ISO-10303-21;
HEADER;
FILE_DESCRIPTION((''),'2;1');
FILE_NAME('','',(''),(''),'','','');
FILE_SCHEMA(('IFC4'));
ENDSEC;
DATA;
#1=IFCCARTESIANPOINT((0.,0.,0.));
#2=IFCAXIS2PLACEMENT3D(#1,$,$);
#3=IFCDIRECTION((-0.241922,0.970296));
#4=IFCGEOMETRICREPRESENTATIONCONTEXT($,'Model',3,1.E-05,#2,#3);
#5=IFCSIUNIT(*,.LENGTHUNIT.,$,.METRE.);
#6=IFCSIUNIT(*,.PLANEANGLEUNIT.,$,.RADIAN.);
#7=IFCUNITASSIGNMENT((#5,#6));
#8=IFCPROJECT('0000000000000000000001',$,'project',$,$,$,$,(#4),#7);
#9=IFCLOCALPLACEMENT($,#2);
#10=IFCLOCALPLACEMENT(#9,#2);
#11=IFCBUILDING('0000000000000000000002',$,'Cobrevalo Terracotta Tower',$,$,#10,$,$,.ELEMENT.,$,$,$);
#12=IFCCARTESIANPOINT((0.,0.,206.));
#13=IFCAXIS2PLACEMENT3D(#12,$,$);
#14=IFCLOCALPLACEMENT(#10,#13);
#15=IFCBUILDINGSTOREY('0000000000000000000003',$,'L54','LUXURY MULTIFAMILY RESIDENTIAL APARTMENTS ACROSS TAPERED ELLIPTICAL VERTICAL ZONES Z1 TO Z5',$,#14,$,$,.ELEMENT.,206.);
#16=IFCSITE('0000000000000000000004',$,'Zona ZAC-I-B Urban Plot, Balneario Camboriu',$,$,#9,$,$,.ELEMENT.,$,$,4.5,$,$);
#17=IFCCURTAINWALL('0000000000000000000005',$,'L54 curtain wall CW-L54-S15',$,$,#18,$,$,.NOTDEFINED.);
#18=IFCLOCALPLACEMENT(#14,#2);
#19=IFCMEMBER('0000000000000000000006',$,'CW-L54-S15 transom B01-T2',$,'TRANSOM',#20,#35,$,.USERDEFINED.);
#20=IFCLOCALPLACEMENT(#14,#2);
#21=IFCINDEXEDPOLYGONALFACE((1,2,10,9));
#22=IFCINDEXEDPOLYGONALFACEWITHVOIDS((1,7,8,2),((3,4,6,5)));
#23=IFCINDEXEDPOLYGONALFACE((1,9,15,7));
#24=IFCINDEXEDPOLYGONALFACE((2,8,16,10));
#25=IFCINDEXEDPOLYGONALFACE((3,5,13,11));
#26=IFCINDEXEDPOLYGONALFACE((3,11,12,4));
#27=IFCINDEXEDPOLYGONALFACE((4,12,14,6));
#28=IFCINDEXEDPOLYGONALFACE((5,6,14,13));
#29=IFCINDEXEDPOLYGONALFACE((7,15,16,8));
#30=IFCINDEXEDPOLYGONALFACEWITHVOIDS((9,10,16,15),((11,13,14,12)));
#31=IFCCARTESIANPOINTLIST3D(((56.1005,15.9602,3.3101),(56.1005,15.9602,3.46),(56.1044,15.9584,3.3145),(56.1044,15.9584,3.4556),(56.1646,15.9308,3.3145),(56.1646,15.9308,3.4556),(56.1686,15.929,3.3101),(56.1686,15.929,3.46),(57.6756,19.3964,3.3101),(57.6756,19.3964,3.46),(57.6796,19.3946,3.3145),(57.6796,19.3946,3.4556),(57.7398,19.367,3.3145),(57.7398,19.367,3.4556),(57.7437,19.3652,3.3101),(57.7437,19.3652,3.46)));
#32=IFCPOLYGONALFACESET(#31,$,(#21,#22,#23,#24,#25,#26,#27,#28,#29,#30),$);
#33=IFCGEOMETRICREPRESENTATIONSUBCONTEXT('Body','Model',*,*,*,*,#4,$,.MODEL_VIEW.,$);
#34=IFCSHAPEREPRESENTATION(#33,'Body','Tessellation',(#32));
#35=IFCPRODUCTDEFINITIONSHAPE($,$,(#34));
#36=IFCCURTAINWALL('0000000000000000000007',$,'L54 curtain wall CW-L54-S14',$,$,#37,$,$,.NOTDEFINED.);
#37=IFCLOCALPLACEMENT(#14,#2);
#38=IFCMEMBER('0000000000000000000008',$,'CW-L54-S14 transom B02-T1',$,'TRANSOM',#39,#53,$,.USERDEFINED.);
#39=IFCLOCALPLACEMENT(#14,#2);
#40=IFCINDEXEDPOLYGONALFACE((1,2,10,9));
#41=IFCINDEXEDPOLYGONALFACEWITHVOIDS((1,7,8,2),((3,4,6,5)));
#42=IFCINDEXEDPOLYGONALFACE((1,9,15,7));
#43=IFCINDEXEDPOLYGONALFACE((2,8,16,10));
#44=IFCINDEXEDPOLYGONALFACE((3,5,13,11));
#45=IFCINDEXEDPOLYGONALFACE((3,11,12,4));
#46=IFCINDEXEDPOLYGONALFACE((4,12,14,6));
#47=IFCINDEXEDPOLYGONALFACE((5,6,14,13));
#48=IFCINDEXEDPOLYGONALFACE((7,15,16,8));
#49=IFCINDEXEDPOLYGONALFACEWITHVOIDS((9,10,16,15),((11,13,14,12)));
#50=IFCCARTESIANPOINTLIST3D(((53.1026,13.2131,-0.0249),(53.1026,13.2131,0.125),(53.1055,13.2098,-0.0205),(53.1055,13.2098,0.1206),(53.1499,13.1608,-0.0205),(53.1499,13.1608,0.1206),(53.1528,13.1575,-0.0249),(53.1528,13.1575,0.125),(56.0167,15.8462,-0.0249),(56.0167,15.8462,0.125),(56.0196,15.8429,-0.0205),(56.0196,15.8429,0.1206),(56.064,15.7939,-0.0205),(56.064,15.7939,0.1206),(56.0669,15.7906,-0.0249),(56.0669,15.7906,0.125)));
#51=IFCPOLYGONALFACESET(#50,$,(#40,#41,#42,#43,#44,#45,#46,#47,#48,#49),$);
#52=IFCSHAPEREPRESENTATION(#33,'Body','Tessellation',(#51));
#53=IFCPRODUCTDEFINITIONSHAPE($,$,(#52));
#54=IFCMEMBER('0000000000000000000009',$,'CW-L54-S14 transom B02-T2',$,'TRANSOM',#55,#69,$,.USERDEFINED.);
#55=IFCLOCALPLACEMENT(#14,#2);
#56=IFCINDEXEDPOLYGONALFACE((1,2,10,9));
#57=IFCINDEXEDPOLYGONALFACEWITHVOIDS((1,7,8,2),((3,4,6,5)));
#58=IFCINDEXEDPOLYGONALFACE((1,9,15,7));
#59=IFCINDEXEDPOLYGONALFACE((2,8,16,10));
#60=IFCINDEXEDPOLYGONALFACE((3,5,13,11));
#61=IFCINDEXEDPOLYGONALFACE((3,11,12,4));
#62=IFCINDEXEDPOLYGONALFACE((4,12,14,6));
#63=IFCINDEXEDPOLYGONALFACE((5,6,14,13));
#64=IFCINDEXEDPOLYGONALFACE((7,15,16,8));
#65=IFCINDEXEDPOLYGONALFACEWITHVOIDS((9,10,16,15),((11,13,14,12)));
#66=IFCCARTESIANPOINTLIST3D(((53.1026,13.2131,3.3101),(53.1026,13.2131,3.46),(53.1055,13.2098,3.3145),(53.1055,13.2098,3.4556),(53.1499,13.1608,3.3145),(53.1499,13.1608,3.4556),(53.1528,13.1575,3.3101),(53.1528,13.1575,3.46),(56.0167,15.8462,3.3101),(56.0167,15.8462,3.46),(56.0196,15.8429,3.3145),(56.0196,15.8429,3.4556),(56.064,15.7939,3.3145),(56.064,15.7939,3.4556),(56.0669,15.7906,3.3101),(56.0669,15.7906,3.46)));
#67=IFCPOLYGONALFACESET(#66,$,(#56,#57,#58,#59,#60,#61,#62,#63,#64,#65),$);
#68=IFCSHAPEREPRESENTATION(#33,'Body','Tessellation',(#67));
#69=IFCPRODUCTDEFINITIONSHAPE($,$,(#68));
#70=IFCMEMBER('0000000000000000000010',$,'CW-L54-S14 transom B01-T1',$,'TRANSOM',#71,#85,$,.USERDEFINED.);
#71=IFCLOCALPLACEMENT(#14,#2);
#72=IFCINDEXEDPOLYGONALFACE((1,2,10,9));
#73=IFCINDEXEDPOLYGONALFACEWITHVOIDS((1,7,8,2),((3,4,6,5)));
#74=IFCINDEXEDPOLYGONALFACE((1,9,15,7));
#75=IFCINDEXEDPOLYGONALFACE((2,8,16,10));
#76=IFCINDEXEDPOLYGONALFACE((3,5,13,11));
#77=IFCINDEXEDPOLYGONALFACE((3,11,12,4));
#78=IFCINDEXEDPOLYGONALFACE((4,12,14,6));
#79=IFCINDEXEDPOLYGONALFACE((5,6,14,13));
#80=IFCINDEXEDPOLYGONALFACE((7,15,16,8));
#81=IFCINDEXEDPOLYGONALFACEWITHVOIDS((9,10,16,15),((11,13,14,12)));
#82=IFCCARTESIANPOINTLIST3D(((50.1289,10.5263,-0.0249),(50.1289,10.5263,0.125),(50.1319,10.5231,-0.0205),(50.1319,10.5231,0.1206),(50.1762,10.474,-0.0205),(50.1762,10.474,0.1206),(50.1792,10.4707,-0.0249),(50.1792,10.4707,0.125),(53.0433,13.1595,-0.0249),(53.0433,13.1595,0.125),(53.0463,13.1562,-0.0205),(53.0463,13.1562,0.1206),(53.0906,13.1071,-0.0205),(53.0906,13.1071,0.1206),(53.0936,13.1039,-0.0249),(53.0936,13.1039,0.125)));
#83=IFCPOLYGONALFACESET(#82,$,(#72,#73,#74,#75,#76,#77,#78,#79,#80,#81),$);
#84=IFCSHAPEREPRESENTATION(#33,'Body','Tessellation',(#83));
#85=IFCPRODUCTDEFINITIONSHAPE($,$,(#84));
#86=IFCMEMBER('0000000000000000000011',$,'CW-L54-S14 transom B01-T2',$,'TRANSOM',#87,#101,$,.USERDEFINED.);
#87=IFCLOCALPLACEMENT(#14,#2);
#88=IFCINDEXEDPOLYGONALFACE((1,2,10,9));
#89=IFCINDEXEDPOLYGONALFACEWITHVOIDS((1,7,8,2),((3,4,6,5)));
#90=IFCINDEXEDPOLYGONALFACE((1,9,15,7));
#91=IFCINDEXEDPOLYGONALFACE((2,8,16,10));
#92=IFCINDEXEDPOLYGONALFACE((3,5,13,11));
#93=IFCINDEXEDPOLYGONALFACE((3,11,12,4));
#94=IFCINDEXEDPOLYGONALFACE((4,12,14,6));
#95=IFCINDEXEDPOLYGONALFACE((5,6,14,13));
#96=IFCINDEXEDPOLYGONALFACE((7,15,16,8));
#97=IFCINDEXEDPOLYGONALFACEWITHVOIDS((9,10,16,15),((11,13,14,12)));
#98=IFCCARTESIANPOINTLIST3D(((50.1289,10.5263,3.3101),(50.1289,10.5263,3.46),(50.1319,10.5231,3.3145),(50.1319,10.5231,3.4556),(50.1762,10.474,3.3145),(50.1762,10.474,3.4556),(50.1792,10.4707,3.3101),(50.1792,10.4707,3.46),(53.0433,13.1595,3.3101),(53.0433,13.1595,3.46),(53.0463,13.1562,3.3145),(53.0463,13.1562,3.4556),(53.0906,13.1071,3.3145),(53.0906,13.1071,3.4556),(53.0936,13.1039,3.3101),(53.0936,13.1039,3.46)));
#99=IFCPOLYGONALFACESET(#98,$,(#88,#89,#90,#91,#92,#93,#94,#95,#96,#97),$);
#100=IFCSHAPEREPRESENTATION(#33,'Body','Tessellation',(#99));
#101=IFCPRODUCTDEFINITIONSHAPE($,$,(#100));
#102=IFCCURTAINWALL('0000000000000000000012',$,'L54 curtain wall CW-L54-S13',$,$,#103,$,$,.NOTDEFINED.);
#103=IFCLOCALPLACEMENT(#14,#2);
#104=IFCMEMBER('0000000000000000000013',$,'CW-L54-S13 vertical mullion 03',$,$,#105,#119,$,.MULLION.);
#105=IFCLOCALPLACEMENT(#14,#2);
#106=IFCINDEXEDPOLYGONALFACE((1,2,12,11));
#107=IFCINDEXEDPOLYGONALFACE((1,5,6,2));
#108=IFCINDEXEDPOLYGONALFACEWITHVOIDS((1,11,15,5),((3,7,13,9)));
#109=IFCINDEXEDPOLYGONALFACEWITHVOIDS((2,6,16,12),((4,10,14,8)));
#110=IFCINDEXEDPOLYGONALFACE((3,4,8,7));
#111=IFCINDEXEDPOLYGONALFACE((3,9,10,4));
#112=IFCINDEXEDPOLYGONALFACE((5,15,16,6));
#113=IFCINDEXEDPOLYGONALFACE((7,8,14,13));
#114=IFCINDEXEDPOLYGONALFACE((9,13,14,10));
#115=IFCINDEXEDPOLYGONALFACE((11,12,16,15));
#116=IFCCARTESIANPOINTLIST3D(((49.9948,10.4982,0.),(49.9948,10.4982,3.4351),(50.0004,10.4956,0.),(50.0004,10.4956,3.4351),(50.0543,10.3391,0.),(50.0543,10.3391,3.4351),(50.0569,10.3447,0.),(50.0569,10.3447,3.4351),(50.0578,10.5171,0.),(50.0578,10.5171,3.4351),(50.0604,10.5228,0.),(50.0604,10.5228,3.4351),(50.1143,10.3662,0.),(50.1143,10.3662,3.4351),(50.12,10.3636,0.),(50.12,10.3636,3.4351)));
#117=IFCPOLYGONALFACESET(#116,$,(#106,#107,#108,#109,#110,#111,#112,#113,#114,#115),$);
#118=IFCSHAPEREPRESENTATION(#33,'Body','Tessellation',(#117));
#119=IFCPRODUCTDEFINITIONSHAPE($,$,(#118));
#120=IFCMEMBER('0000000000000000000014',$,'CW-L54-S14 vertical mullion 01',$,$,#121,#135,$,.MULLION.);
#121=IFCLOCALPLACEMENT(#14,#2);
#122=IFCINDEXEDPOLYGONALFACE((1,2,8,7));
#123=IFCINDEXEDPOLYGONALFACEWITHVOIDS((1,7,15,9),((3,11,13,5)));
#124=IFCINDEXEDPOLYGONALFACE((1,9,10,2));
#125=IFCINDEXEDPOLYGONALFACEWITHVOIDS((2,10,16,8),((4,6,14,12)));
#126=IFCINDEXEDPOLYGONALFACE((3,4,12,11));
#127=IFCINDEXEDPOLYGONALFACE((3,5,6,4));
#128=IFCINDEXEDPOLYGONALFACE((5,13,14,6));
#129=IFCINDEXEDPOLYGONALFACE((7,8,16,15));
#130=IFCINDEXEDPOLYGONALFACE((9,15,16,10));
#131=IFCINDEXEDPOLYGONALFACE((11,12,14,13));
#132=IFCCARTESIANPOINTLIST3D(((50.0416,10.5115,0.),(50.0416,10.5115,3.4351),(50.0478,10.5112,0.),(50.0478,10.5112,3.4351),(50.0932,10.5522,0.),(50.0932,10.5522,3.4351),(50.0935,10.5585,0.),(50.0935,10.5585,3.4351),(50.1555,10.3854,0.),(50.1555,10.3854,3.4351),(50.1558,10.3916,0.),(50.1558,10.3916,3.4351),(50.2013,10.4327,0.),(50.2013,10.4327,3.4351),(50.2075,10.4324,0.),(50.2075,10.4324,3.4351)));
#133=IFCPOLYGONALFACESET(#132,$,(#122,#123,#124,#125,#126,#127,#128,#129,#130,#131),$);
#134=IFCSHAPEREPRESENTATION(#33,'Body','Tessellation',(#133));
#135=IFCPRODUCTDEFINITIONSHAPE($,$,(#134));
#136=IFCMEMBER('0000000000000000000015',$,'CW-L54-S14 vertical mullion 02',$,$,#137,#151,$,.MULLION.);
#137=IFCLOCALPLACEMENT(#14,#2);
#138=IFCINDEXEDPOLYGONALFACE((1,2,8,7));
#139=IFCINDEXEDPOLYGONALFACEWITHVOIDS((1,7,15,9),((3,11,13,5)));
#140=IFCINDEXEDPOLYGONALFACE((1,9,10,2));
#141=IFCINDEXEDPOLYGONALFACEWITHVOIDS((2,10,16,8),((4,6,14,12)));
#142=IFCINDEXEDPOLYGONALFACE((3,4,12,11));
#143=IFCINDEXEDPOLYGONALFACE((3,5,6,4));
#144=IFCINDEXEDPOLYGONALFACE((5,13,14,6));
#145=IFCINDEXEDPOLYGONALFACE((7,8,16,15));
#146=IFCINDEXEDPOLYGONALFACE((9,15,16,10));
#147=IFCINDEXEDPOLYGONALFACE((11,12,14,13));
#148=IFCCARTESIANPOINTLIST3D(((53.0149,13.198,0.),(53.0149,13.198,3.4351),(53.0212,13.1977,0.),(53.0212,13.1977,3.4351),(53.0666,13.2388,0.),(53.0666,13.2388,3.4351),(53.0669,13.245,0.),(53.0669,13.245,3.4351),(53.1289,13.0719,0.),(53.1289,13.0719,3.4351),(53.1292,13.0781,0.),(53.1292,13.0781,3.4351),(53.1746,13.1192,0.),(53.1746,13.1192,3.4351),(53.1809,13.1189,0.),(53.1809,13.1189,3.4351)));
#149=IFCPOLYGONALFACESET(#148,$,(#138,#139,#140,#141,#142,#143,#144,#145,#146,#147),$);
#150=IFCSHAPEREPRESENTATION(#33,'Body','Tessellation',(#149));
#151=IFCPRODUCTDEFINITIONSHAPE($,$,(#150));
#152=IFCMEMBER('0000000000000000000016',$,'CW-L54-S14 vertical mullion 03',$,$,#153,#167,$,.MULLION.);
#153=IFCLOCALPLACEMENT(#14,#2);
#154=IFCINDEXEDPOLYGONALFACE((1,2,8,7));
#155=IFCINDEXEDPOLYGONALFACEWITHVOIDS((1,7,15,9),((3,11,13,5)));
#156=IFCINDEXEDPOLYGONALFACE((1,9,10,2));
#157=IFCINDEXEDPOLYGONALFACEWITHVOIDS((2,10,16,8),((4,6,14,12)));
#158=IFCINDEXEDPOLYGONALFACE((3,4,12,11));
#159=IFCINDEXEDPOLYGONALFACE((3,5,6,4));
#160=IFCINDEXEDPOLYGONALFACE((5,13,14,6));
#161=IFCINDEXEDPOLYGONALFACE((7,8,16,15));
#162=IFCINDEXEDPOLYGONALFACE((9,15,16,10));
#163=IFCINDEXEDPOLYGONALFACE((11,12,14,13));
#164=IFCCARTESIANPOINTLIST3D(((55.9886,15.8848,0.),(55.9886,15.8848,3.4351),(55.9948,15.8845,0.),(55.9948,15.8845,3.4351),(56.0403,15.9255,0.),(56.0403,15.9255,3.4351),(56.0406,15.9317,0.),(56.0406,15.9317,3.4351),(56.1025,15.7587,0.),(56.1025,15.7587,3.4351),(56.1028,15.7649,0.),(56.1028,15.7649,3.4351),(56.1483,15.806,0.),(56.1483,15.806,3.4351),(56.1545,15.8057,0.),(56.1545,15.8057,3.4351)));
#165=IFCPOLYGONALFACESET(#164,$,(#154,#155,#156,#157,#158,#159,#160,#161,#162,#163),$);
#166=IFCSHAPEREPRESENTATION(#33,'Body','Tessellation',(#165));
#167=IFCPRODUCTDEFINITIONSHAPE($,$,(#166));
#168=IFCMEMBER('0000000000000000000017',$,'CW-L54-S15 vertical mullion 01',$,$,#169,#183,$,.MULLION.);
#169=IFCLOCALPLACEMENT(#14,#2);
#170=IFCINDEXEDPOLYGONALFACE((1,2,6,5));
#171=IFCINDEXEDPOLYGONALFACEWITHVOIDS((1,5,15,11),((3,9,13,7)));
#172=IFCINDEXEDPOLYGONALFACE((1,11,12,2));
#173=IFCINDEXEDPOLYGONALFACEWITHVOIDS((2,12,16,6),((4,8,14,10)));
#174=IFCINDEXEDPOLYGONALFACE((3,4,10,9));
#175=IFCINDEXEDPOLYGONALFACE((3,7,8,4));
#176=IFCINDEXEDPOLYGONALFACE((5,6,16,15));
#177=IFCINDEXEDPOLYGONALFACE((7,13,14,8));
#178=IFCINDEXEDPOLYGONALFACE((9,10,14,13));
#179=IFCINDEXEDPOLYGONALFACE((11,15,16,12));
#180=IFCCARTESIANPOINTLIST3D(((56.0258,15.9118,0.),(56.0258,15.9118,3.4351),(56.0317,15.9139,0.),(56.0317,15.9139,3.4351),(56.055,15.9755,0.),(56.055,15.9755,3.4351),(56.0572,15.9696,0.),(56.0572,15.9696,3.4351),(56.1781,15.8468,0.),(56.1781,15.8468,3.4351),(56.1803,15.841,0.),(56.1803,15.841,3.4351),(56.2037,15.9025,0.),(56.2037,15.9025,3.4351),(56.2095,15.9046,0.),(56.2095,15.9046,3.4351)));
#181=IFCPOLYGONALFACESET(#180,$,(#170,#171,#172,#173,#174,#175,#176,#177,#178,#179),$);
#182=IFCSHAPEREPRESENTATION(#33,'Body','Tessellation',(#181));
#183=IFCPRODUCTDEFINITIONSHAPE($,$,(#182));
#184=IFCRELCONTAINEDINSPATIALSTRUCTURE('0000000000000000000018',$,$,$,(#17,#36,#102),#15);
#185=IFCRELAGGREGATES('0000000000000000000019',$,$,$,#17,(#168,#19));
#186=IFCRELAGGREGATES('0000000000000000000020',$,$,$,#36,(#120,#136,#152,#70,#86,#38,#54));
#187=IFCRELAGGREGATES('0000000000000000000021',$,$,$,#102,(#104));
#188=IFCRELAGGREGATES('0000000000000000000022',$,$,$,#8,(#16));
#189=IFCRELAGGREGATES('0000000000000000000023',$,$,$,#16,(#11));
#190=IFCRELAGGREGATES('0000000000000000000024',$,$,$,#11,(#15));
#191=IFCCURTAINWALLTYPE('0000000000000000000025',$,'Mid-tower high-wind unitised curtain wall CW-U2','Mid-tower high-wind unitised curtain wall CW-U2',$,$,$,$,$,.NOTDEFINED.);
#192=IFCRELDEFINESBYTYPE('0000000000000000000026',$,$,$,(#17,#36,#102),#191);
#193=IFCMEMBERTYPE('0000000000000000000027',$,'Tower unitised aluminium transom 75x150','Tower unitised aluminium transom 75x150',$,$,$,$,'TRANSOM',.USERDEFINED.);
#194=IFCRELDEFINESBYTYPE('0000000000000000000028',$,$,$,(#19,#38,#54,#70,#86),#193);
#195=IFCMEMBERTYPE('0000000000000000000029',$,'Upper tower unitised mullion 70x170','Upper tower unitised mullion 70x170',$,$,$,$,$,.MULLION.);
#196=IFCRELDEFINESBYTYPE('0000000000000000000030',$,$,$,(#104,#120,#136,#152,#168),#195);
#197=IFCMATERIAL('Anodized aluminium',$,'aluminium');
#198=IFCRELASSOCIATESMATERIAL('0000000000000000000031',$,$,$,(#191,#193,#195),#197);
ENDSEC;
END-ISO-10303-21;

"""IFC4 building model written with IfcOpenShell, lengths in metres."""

from ifc_helpers import new_model, si_unit, direction, frame, origin, origin_2d, place, context, subcontext, project, spatial, hollow_rectangle, extrude, source, transform, mapped, material, material_profile, profile_set, type_object, element, aggregate, save


model = new_model("IFC4")

# Units and contexts
model_context = context("Model", 3, precision=1e-05, world=origin(), true_north=direction((-0.241922, 0.970296)))
body_context = subcontext(model_context, "Body", "Model", "MODEL_VIEW")
ifc_project = project(units=[si_unit("LENGTHUNIT", "METRE"), si_unit("PLANEANGLEUNIT", "RADIAN")], contexts=[model_context])

# Site, building, storey
site_placement = place(None, origin())
site = spatial("IfcSite", under=ifc_project, at=site_placement, Name="Zona ZAC-I-B Urban Plot, Balneario Camboriu", CompositionType="ELEMENT", RefElevation=4.5)
building_placement = place(site_placement, origin())
building = spatial("IfcBuilding", under=site, at=building_placement, Name="Cobrevalo Terracotta Tower", CompositionType="ELEMENT")
storey_placement = place(building_placement, frame((0.0, 0.0, 206.0)))
storey = spatial("IfcBuildingStorey", under=building, at=storey_placement, Name="L54", Description="LUXURY MULTIFAMILY RESIDENTIAL APARTMENTS ACROSS TAPERED ELLIPTICAL VERTICAL ZONES Z1 TO Z5", CompositionType="ELEMENT", Elevation=206.0)

# Curtain walls, members
ifc_material_1 = material(Name="Anodized aluminium", Category="aluminium")
curtain_wall_type = type_object("IfcCurtainWallType", Name="Mid-tower high-wind unitised curtain wall CW-U2", Description="Mid-tower high-wind unitised curtain wall CW-U2", PredefinedType="NOTDEFINED", material=ifc_material_1)
curtain_wall_1_placement = place(storey_placement, origin())
curtain_wall_1 = element("IfcCurtainWall", 1, at=curtain_wall_1_placement, inside=storey, type_object=curtain_wall_type, Name="L54 curtain wall CW-L54-S15", PredefinedType="NOTDEFINED")
ifc_material_profile_1 = material_profile(ifc_material_1, hollow_rectangle(XDim=0.075, YDim=0.1499, WallThickness=0.0044, at=origin_2d()), Name="CWT 75x150")
ifc_profile_set_1 = profile_set([ifc_material_profile_1], Name="Anodized aluminium")
member_type_1 = type_object("IfcMemberType", Name="Tower unitised aluminium transom 75x150", Description="Tower unitised aluminium transom 75x150", ElementType="TRANSOM", PredefinedType="USERDEFINED", material=ifc_profile_set_1)
shared_shape_1 = source(origin(), body_context, "Body", "SweptSolid", [
    extrude(hollow_rectangle(XDim=0.075, YDim=0.1499, WallThickness=0.0044, at=origin_2d()), origin(), (0.0, 0.0, 1.0), 3.78),
])
member_1_placement = place(storey_placement, frame((56.1345, 15.9446, 3.385), z_axis=(0.416706, 0.909041, 0.0), x_axis=(-0.909041, 0.416706, 0.0)))
member_1 = element("IfcMember", 2, at=member_1_placement, type_object=member_type_1, Name="CW-L54-S15 transom B01-T2", ObjectType="TRANSOM", PredefinedType="USERDEFINED", context=body_context, shape_type="MappedRepresentation", body=[
    mapped(shared_shape_1, transform((0.0, 0.0, 0.0), scale=1.0)),
])
curtain_wall_2_placement = place(storey_placement, origin())
curtain_wall_2 = element("IfcCurtainWall", 3, at=curtain_wall_2_placement, inside=storey, type_object=curtain_wall_type, Name="L54 curtain wall CW-L54-S14", PredefinedType="NOTDEFINED")
shared_shape_2 = source(origin(), body_context, "Body", "SweptSolid", [
    extrude(hollow_rectangle(XDim=0.075, YDim=0.1499, WallThickness=0.0044, at=origin_2d()), origin(), (0.0, 0.0, 1.0), 3.9275),
])
member_2_placement = place(storey_placement, frame((53.1277, 13.1853, 0.05), z_axis=(0.741976, 0.670426, 0.0), x_axis=(-0.670426, 0.741976, 0.0)))
member_2 = element("IfcMember", 4, at=member_2_placement, type_object=member_type_1, Name="CW-L54-S14 transom B02-T1", ObjectType="TRANSOM", PredefinedType="USERDEFINED", context=body_context, shape_type="MappedRepresentation", body=[
    mapped(shared_shape_2, transform((0.0, 0.0, 0.0), scale=1.0)),
])
member_3_placement = place(storey_placement, frame((53.1277, 13.1853, 3.385), z_axis=(0.741976, 0.670426, 0.0), x_axis=(-0.670426, 0.741976, 0.0)))
member_3 = element("IfcMember", 5, at=member_3_placement, type_object=member_type_1, Name="CW-L54-S14 transom B02-T2", ObjectType="TRANSOM", PredefinedType="USERDEFINED", context=body_context, shape_type="MappedRepresentation", body=[
    mapped(shared_shape_2, transform((0.0, 0.0, 0.0), scale=1.0)),
])
shared_shape_3 = source(origin(), body_context, "Body", "SweptSolid", [
    extrude(hollow_rectangle(XDim=0.075, YDim=0.1499, WallThickness=0.0044, at=origin_2d()), origin(), (0.0, 0.0, 1.0), 3.9277),
])
member_4_placement = place(storey_placement, frame((50.1541, 10.4985, 0.05), z_axis=(0.742004, 0.670396, 0.0), x_axis=(-0.670396, 0.742004, 0.0)))
member_4 = element("IfcMember", 6, at=member_4_placement, type_object=member_type_1, Name="CW-L54-S14 transom B01-T1", ObjectType="TRANSOM", PredefinedType="USERDEFINED", context=body_context, shape_type="MappedRepresentation", body=[
    mapped(shared_shape_3, transform((0.0, 0.0, 0.0), scale=1.0)),
])
member_5_placement = place(storey_placement, frame((50.1541, 10.4985, 3.385), z_axis=(0.742004, 0.670396, 0.0), x_axis=(-0.670396, 0.742004, 0.0)))
member_5 = element("IfcMember", 7, at=member_5_placement, type_object=member_type_1, Name="CW-L54-S14 transom B01-T2", ObjectType="TRANSOM", PredefinedType="USERDEFINED", context=body_context, shape_type="MappedRepresentation", body=[
    mapped(shared_shape_3, transform((0.0, 0.0, 0.0), scale=1.0)),
])

# Curtain wall, member
curtain_wall_3_placement = place(storey_placement, origin())
curtain_wall_3 = element("IfcCurtainWall", 8, at=curtain_wall_3_placement, inside=storey, type_object=curtain_wall_type, Name="L54 curtain wall CW-L54-S13", PredefinedType="NOTDEFINED")
ifc_material_profile_2 = material_profile(ifc_material_1, hollow_rectangle(XDim=0.0701, YDim=0.1699, WallThickness=0.0044, at=origin_2d()), Name="CWM 70x170")
ifc_profile_set_2 = profile_set([ifc_material_profile_2], Name="Anodized aluminium")
member_type_2 = type_object("IfcMemberType", Name="Upper tower unitised mullion 70x170", Description="Upper tower unitised mullion 70x170", PredefinedType="MULLION", material=ifc_profile_set_2)
shared_shape_4 = source(origin(), body_context, "Body", "SweptSolid", [
    extrude(hollow_rectangle(XDim=0.0701, YDim=0.1699, WallThickness=0.0044, at=origin_2d()), origin(), (0.0, 0.0, 1.0), 3.4351),
])
member_6_placement = place(storey_placement, frame((50.0574, 10.4309, 0.0), z_axis=(0.0, 0.0, 1.0), x_axis=(0.936556, 0.350518, 0.0)))
member_6 = element("IfcMember", 9, at=member_6_placement, type_object=member_type_2, Name="CW-L54-S13 vertical mullion 03", PredefinedType="MULLION", context=body_context, shape_type="MappedRepresentation", body=[
    mapped(shared_shape_4, transform((0.0, 0.0, 0.0), scale=1.0)),
])

# Members
member_7_placement = place(storey_placement, frame((50.1245, 10.4719, 0.0), z_axis=(0.0, 0.0, 1.0), x_axis=(0.741988, 0.670414, 0.0)))
member_7 = element("IfcMember", 10, at=member_7_placement, type_object=member_type_2, Name="CW-L54-S14 vertical mullion 01", PredefinedType="MULLION", context=body_context, shape_type="MappedRepresentation", body=[
    mapped(shared_shape_4, transform((0.0, 0.0, 0.0), scale=1.0)),
])
member_8_placement = place(storey_placement, frame((53.0979, 13.1584, 0.0), z_axis=(0.0, 0.0, 1.0), x_axis=(0.741988, 0.670414, 0.0)))
member_8 = element("IfcMember", 11, at=member_8_placement, type_object=member_type_2, Name="CW-L54-S14 vertical mullion 02", PredefinedType="MULLION", context=body_context, shape_type="MappedRepresentation", body=[
    mapped(shared_shape_4, transform((0.0, 0.0, 0.0), scale=1.0)),
])
member_9_placement = place(storey_placement, frame((56.0715, 15.8452, 0.0), z_axis=(0.0, 0.0, 1.0), x_axis=(0.741988, 0.670414, 0.0)))
member_9 = element("IfcMember", 12, at=member_9_placement, type_object=member_type_2, Name="CW-L54-S14 vertical mullion 03", PredefinedType="MULLION", context=body_context, shape_type="MappedRepresentation", body=[
    mapped(shared_shape_4, transform((0.0, 0.0, 0.0), scale=1.0)),
])
member_10_placement = place(storey_placement, frame((56.1177, 15.9082, 0.0), z_axis=(0.0, 0.0, 1.0), x_axis=(0.416725, 0.909033, 0.0)))
member_10 = element("IfcMember", 13, at=member_10_placement, type_object=member_type_2, Name="CW-L54-S15 vertical mullion 01", PredefinedType="MULLION", context=body_context, shape_type="MappedRepresentation", body=[
    mapped(shared_shape_4, transform((0.0, 0.0, 0.0), scale=1.0)),
])
aggregate(curtain_wall_1, [member_10, member_1])

aggregate(curtain_wall_2, [member_7, member_8, member_9, member_4, member_5, member_2, member_3])
aggregate(curtain_wall_3, [member_6])

save(model, "model.ifc")
